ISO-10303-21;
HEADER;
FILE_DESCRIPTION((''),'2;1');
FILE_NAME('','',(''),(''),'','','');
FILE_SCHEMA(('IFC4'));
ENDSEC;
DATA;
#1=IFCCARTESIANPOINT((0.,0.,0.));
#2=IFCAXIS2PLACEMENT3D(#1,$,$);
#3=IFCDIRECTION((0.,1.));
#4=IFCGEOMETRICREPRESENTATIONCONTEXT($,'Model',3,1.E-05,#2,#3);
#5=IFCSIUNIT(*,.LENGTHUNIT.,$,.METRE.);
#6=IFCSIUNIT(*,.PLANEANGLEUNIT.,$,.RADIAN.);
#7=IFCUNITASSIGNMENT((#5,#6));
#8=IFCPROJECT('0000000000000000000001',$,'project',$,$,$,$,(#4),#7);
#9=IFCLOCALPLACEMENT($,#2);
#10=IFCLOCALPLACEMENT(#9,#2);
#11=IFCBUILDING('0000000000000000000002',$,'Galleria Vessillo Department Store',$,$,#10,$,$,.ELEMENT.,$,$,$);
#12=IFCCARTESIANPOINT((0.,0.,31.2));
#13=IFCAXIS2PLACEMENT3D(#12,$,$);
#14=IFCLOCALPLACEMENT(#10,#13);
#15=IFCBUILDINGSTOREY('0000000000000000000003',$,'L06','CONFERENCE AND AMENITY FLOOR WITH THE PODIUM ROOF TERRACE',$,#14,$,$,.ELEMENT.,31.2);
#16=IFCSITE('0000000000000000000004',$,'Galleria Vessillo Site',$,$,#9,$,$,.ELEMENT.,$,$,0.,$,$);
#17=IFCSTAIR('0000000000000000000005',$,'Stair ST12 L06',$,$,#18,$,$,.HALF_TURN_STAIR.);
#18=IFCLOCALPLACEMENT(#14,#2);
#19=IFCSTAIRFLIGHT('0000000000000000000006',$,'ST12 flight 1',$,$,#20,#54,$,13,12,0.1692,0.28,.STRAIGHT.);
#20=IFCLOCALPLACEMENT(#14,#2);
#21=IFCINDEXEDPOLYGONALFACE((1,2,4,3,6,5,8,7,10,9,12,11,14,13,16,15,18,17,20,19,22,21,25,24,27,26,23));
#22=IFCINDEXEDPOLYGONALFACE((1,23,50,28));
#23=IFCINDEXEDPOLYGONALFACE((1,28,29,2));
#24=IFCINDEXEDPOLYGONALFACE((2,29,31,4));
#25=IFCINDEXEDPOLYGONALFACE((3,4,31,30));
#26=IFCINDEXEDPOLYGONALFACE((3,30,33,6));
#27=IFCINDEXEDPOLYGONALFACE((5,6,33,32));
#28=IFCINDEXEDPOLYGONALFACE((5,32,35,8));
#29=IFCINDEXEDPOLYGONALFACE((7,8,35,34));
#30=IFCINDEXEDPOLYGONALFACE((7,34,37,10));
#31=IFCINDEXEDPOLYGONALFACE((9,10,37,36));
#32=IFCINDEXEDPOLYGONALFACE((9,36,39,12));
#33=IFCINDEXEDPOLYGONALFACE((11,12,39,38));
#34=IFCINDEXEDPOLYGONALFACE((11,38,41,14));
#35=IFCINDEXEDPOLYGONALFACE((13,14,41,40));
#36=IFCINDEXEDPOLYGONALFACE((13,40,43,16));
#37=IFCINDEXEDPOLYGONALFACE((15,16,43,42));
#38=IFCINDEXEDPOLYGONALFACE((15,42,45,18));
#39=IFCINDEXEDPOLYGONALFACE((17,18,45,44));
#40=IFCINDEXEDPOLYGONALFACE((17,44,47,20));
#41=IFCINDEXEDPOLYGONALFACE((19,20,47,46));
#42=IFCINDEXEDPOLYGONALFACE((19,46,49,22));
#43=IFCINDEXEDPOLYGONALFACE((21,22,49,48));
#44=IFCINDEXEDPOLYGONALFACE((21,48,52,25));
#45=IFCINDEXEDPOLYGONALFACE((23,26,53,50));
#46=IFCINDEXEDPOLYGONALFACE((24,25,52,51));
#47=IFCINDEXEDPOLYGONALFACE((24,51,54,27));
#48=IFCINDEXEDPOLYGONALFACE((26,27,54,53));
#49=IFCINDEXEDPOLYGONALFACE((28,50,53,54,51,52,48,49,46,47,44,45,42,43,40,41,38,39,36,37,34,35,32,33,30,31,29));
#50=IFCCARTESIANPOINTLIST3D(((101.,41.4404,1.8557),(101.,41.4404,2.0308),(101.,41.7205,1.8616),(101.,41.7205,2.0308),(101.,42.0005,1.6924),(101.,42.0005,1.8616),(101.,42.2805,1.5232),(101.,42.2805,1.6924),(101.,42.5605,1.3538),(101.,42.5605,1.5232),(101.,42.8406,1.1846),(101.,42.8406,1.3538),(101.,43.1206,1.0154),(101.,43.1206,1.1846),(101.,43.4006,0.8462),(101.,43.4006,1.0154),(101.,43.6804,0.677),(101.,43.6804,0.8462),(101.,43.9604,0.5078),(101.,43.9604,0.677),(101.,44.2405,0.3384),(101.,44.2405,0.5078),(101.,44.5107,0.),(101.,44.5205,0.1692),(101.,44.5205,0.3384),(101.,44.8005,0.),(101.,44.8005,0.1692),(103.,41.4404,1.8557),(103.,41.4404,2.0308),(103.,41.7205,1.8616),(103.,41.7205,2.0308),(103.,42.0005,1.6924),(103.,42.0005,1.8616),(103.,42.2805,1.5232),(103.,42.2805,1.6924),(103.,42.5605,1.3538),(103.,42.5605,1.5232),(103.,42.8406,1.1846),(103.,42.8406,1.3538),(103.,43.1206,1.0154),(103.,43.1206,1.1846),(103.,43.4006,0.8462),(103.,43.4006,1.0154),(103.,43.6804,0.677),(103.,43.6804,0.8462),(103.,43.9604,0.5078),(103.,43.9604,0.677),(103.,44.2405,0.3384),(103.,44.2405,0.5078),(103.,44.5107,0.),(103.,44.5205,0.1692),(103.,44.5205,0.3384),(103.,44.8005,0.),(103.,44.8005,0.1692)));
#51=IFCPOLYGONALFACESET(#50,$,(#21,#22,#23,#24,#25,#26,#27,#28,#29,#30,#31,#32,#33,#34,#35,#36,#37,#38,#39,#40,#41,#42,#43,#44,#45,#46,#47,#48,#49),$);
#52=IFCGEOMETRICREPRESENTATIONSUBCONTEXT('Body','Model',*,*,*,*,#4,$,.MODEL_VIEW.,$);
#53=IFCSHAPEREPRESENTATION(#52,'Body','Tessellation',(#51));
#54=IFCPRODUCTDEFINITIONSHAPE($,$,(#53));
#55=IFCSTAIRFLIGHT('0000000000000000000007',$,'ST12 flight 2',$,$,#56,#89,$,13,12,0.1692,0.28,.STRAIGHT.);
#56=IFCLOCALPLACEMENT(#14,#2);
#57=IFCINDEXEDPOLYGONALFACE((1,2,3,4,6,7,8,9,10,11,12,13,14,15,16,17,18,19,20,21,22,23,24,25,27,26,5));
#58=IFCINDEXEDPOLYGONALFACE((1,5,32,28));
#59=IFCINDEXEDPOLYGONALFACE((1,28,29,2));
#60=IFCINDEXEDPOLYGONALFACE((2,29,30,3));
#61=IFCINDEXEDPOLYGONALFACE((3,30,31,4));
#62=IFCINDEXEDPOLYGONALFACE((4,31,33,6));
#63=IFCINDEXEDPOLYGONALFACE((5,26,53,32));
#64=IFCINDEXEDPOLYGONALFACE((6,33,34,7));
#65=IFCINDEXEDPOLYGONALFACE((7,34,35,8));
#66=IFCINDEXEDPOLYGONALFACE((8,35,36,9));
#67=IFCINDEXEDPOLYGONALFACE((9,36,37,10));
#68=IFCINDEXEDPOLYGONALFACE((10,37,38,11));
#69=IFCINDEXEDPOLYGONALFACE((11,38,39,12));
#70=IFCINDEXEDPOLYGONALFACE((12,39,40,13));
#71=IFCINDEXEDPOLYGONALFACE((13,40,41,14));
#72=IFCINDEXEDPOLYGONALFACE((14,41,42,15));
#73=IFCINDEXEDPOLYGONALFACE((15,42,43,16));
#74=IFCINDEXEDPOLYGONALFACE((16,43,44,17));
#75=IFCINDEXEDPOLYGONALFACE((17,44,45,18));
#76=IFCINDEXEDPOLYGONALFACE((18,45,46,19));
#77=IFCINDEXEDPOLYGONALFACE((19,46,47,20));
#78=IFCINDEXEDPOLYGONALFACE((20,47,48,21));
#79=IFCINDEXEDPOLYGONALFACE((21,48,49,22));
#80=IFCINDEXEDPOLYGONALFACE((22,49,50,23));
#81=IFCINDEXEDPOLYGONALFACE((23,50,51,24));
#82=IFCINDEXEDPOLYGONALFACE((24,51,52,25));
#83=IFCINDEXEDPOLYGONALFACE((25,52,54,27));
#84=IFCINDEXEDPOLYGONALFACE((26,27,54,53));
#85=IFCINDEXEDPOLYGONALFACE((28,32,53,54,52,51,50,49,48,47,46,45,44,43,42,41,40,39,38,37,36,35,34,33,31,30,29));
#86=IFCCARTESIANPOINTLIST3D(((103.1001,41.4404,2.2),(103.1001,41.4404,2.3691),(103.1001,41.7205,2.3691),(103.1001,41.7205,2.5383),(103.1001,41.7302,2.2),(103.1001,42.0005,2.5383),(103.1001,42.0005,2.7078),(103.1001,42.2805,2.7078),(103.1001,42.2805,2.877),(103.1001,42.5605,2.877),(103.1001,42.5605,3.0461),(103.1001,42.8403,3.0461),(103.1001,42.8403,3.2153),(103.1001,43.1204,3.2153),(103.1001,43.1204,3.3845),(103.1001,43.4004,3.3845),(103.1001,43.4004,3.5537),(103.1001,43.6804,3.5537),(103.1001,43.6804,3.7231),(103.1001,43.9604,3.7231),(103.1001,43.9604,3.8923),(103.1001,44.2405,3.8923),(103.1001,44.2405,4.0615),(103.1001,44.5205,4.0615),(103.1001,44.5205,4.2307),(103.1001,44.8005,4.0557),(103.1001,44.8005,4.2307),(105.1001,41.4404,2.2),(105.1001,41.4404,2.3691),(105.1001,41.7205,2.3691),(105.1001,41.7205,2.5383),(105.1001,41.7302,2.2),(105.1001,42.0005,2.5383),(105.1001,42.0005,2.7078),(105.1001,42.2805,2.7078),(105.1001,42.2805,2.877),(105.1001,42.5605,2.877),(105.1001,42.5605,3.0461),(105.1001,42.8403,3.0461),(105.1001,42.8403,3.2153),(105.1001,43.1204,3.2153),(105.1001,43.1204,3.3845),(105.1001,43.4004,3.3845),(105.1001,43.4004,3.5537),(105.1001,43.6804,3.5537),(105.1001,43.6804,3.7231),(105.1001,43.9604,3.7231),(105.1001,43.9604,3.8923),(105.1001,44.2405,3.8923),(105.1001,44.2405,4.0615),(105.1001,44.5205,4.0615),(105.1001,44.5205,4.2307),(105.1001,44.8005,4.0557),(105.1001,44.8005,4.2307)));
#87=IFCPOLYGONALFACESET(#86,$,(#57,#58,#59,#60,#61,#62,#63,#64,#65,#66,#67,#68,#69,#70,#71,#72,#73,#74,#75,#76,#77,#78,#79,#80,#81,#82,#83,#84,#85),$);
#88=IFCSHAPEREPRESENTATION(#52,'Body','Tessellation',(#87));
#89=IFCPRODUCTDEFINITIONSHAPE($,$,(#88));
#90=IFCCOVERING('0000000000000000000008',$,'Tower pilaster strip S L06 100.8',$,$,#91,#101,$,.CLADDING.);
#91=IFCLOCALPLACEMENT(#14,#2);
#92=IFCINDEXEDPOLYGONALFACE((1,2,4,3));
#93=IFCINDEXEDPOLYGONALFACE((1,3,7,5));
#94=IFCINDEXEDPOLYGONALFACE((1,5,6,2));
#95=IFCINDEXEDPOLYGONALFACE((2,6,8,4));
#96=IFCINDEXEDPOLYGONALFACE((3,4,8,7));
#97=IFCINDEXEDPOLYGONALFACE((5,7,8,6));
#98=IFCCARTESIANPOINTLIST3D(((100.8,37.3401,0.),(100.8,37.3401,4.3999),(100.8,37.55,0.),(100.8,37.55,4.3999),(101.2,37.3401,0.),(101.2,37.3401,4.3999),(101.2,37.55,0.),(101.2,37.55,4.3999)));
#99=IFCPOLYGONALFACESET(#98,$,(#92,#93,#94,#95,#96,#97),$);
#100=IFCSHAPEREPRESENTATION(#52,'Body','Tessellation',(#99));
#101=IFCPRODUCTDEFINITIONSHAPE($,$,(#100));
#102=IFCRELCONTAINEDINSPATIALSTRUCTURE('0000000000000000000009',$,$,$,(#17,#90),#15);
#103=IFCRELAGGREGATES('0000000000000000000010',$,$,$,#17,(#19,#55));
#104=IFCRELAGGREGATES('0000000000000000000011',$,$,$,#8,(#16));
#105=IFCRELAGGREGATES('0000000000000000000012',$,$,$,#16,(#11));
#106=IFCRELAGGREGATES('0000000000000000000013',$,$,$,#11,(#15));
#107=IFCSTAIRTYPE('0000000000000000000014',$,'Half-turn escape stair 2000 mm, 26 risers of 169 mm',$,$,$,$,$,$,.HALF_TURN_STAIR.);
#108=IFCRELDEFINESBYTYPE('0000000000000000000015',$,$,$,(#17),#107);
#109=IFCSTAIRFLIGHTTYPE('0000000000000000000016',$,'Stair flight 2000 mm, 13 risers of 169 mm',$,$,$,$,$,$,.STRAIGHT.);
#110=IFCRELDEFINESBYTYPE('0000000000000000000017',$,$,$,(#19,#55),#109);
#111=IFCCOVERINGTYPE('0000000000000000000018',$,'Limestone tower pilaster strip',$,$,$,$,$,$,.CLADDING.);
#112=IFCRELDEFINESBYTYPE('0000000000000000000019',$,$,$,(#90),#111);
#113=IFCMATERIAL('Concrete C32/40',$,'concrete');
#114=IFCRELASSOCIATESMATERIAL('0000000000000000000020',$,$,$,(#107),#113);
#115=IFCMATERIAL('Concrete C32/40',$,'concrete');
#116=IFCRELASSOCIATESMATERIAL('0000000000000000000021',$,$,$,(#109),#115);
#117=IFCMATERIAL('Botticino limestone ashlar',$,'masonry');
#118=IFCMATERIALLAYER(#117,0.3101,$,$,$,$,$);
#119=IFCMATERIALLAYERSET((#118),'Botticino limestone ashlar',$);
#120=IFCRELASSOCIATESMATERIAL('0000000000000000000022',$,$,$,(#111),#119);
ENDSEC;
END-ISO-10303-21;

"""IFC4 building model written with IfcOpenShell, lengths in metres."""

from ifc_helpers import new_model, si_unit, direction, frame, origin, origin_2d, place, context, subcontext, project, spatial, polyline, rectangle, outline, extrude, material, layer, layer_set, type_object, element, aggregate, save


model = new_model("IFC4")

# Units and contexts
model_context = context("Model", 3, precision=1e-05, world=origin(), true_north=direction((0.0, 1.0)))
body_context = subcontext(model_context, "Body", "Model", "MODEL_VIEW")
ifc_project = project(units=[si_unit("LENGTHUNIT", "METRE"), si_unit("PLANEANGLEUNIT", "RADIAN")], contexts=[model_context])

# Site, building, storey
site_placement = place(None, origin())
site = spatial("IfcSite", under=ifc_project, at=site_placement, Name="Galleria Vessillo Site", CompositionType="ELEMENT", RefElevation=0.0)
building_placement = place(site_placement, origin())
building = spatial("IfcBuilding", under=site, at=building_placement, Name="Galleria Vessillo Department Store", CompositionType="ELEMENT")
storey_placement = place(building_placement, frame((0.0, 0.0, 31.2)))
storey = spatial("IfcBuildingStorey", under=building, at=storey_placement, Name="L06", Description="CONFERENCE AND AMENITY FLOOR WITH THE PODIUM ROOF TERRACE", CompositionType="ELEMENT", Elevation=31.2)

# Stair, stair flights
ifc_material_1 = material(Name="Concrete C32/40", Category="concrete")
stair_type = type_object("IfcStairType", Name="Half-turn escape stair 2000 mm, 26 risers of 169 mm", PredefinedType="HALF_TURN_STAIR", material=ifc_material_1)
stair_placement = place(storey_placement, origin())
stair = element("IfcStair", 1, at=stair_placement, inside=storey, type_object=stair_type, Name="Stair ST12 L06", PredefinedType="HALF_TURN_STAIR")
ifc_material_2 = material(Name="Concrete C32/40", Category="concrete")
stair_flight_type = type_object("IfcStairFlightType", Name="Stair flight 2000 mm, 13 risers of 169 mm", PredefinedType="STRAIGHT", material=ifc_material_2)
stair_flight_1_placement = place(storey_placement, frame((102.0, 44.8005, 0.0), z_axis=(0.0, 0.0, 1.0), x_axis=(0.0, -1.0, 0.0)))
stair_flight_1 = element("IfcStairFlight", 2, at=stair_flight_1_placement, type_object=stair_flight_type, Name="ST12 flight 1", NumberOfRisers=13, NumberOfTreads=12, PredefinedType="STRAIGHT", RiserHeight=0.1692, TreadLength=0.28, context=body_context, shape_type="SweptSolid", body=[
    extrude(outline(polyline([(0.0, 0.0), (0.0, 0.1692), (0.28, 0.1692), (0.28, 0.3384), (0.5601, 0.3384), (0.5601, 0.5078), (0.8401, 0.5078), (0.8401, 0.677), (1.1201, 0.677), (1.1201, 0.8462), (1.3999, 0.8462), (1.3999, 1.0154), (1.6799, 1.0154), (1.6799, 1.1846), (1.96, 1.1846), (1.96, 1.3538), (2.24, 1.3538), (2.24, 1.5232), (2.52, 1.5232), (2.52, 1.6924), (2.8, 1.6924), (2.8, 1.8616), (3.0801, 1.8616), (3.0801, 2.0308), (3.3601, 2.0308), (3.3601, 2.2), (3.3601, 1.8557), (0.2898, 0.0), (0.0, 0.0)])), frame((0.0, 1.0, 0.0), z_axis=(0.0, -1.0, 0.0), x_axis=(1.0, 0.0, 0.0)), (0.0, 0.0, 1.0), 2.0),
])
stair_flight_2_placement = place(storey_placement, frame((104.1001, 41.4404, 2.2), z_axis=(0.0, 0.0, 1.0), x_axis=(0.0, 1.0, 0.0)))
stair_flight_2 = element("IfcStairFlight", 3, at=stair_flight_2_placement, type_object=stair_flight_type, Name="ST12 flight 2", NumberOfRisers=13, NumberOfTreads=12, PredefinedType="STRAIGHT", RiserHeight=0.1692, TreadLength=0.28, context=body_context, shape_type="SweptSolid", body=[
    extrude(outline(polyline([(0.0, 0.0), (0.0, 0.1692), (0.28, 0.1692), (0.28, 0.3384), (0.5601, 0.3384), (0.5601, 0.5078), (0.8401, 0.5078), (0.8401, 0.677), (1.1201, 0.677), (1.1201, 0.8462), (1.3999, 0.8462), (1.3999, 1.0154), (1.6799, 1.0154), (1.6799, 1.1846), (1.96, 1.1846), (1.96, 1.3538), (2.24, 1.3538), (2.24, 1.5232), (2.52, 1.5232), (2.52, 1.6924), (2.8, 1.6924), (2.8, 1.8616), (3.0801, 1.8616), (3.0801, 2.0308), (3.3601, 2.0308), (3.3601, 2.2), (3.3601, 1.8557), (0.2898, 0.0), (0.0, 0.0)])), frame((0.0, 1.0, 0.0), z_axis=(0.0, -1.0, 0.0), x_axis=(1.0, 0.0, 0.0)), (0.0, 0.0, 1.0), 2.0),
])
aggregate(stair, [stair_flight_1, stair_flight_2])

# Covering
ifc_material_3 = material(Name="Botticino limestone ashlar", Category="masonry")
ifc_layer_1 = layer(ifc_material_3, 0.3101)
ifc_layer_set_1 = layer_set([ifc_layer_1], Name="Botticino limestone ashlar")
covering_type = type_object("IfcCoveringType", Name="Limestone tower pilaster strip", PredefinedType="CLADDING", material=ifc_layer_set_1)
covering_placement = place(storey_placement, frame((101.0, 37.4451, 0.0), z_axis=(0.0, 0.0, 1.0), x_axis=(1.0, 0.0, 0.0)))
element("IfcCovering", 4, at=covering_placement, inside=storey, type_object=covering_type, Name="Tower pilaster strip S L06 100.8", PredefinedType="CLADDING", context=body_context, shape_type="SweptSolid", body=[
    extrude(rectangle(XDim=0.3999, YDim=0.21, at=origin_2d()), origin(), (0.0, 0.0, 1.0), 4.3999),
])

save(model, "model.ifc")
